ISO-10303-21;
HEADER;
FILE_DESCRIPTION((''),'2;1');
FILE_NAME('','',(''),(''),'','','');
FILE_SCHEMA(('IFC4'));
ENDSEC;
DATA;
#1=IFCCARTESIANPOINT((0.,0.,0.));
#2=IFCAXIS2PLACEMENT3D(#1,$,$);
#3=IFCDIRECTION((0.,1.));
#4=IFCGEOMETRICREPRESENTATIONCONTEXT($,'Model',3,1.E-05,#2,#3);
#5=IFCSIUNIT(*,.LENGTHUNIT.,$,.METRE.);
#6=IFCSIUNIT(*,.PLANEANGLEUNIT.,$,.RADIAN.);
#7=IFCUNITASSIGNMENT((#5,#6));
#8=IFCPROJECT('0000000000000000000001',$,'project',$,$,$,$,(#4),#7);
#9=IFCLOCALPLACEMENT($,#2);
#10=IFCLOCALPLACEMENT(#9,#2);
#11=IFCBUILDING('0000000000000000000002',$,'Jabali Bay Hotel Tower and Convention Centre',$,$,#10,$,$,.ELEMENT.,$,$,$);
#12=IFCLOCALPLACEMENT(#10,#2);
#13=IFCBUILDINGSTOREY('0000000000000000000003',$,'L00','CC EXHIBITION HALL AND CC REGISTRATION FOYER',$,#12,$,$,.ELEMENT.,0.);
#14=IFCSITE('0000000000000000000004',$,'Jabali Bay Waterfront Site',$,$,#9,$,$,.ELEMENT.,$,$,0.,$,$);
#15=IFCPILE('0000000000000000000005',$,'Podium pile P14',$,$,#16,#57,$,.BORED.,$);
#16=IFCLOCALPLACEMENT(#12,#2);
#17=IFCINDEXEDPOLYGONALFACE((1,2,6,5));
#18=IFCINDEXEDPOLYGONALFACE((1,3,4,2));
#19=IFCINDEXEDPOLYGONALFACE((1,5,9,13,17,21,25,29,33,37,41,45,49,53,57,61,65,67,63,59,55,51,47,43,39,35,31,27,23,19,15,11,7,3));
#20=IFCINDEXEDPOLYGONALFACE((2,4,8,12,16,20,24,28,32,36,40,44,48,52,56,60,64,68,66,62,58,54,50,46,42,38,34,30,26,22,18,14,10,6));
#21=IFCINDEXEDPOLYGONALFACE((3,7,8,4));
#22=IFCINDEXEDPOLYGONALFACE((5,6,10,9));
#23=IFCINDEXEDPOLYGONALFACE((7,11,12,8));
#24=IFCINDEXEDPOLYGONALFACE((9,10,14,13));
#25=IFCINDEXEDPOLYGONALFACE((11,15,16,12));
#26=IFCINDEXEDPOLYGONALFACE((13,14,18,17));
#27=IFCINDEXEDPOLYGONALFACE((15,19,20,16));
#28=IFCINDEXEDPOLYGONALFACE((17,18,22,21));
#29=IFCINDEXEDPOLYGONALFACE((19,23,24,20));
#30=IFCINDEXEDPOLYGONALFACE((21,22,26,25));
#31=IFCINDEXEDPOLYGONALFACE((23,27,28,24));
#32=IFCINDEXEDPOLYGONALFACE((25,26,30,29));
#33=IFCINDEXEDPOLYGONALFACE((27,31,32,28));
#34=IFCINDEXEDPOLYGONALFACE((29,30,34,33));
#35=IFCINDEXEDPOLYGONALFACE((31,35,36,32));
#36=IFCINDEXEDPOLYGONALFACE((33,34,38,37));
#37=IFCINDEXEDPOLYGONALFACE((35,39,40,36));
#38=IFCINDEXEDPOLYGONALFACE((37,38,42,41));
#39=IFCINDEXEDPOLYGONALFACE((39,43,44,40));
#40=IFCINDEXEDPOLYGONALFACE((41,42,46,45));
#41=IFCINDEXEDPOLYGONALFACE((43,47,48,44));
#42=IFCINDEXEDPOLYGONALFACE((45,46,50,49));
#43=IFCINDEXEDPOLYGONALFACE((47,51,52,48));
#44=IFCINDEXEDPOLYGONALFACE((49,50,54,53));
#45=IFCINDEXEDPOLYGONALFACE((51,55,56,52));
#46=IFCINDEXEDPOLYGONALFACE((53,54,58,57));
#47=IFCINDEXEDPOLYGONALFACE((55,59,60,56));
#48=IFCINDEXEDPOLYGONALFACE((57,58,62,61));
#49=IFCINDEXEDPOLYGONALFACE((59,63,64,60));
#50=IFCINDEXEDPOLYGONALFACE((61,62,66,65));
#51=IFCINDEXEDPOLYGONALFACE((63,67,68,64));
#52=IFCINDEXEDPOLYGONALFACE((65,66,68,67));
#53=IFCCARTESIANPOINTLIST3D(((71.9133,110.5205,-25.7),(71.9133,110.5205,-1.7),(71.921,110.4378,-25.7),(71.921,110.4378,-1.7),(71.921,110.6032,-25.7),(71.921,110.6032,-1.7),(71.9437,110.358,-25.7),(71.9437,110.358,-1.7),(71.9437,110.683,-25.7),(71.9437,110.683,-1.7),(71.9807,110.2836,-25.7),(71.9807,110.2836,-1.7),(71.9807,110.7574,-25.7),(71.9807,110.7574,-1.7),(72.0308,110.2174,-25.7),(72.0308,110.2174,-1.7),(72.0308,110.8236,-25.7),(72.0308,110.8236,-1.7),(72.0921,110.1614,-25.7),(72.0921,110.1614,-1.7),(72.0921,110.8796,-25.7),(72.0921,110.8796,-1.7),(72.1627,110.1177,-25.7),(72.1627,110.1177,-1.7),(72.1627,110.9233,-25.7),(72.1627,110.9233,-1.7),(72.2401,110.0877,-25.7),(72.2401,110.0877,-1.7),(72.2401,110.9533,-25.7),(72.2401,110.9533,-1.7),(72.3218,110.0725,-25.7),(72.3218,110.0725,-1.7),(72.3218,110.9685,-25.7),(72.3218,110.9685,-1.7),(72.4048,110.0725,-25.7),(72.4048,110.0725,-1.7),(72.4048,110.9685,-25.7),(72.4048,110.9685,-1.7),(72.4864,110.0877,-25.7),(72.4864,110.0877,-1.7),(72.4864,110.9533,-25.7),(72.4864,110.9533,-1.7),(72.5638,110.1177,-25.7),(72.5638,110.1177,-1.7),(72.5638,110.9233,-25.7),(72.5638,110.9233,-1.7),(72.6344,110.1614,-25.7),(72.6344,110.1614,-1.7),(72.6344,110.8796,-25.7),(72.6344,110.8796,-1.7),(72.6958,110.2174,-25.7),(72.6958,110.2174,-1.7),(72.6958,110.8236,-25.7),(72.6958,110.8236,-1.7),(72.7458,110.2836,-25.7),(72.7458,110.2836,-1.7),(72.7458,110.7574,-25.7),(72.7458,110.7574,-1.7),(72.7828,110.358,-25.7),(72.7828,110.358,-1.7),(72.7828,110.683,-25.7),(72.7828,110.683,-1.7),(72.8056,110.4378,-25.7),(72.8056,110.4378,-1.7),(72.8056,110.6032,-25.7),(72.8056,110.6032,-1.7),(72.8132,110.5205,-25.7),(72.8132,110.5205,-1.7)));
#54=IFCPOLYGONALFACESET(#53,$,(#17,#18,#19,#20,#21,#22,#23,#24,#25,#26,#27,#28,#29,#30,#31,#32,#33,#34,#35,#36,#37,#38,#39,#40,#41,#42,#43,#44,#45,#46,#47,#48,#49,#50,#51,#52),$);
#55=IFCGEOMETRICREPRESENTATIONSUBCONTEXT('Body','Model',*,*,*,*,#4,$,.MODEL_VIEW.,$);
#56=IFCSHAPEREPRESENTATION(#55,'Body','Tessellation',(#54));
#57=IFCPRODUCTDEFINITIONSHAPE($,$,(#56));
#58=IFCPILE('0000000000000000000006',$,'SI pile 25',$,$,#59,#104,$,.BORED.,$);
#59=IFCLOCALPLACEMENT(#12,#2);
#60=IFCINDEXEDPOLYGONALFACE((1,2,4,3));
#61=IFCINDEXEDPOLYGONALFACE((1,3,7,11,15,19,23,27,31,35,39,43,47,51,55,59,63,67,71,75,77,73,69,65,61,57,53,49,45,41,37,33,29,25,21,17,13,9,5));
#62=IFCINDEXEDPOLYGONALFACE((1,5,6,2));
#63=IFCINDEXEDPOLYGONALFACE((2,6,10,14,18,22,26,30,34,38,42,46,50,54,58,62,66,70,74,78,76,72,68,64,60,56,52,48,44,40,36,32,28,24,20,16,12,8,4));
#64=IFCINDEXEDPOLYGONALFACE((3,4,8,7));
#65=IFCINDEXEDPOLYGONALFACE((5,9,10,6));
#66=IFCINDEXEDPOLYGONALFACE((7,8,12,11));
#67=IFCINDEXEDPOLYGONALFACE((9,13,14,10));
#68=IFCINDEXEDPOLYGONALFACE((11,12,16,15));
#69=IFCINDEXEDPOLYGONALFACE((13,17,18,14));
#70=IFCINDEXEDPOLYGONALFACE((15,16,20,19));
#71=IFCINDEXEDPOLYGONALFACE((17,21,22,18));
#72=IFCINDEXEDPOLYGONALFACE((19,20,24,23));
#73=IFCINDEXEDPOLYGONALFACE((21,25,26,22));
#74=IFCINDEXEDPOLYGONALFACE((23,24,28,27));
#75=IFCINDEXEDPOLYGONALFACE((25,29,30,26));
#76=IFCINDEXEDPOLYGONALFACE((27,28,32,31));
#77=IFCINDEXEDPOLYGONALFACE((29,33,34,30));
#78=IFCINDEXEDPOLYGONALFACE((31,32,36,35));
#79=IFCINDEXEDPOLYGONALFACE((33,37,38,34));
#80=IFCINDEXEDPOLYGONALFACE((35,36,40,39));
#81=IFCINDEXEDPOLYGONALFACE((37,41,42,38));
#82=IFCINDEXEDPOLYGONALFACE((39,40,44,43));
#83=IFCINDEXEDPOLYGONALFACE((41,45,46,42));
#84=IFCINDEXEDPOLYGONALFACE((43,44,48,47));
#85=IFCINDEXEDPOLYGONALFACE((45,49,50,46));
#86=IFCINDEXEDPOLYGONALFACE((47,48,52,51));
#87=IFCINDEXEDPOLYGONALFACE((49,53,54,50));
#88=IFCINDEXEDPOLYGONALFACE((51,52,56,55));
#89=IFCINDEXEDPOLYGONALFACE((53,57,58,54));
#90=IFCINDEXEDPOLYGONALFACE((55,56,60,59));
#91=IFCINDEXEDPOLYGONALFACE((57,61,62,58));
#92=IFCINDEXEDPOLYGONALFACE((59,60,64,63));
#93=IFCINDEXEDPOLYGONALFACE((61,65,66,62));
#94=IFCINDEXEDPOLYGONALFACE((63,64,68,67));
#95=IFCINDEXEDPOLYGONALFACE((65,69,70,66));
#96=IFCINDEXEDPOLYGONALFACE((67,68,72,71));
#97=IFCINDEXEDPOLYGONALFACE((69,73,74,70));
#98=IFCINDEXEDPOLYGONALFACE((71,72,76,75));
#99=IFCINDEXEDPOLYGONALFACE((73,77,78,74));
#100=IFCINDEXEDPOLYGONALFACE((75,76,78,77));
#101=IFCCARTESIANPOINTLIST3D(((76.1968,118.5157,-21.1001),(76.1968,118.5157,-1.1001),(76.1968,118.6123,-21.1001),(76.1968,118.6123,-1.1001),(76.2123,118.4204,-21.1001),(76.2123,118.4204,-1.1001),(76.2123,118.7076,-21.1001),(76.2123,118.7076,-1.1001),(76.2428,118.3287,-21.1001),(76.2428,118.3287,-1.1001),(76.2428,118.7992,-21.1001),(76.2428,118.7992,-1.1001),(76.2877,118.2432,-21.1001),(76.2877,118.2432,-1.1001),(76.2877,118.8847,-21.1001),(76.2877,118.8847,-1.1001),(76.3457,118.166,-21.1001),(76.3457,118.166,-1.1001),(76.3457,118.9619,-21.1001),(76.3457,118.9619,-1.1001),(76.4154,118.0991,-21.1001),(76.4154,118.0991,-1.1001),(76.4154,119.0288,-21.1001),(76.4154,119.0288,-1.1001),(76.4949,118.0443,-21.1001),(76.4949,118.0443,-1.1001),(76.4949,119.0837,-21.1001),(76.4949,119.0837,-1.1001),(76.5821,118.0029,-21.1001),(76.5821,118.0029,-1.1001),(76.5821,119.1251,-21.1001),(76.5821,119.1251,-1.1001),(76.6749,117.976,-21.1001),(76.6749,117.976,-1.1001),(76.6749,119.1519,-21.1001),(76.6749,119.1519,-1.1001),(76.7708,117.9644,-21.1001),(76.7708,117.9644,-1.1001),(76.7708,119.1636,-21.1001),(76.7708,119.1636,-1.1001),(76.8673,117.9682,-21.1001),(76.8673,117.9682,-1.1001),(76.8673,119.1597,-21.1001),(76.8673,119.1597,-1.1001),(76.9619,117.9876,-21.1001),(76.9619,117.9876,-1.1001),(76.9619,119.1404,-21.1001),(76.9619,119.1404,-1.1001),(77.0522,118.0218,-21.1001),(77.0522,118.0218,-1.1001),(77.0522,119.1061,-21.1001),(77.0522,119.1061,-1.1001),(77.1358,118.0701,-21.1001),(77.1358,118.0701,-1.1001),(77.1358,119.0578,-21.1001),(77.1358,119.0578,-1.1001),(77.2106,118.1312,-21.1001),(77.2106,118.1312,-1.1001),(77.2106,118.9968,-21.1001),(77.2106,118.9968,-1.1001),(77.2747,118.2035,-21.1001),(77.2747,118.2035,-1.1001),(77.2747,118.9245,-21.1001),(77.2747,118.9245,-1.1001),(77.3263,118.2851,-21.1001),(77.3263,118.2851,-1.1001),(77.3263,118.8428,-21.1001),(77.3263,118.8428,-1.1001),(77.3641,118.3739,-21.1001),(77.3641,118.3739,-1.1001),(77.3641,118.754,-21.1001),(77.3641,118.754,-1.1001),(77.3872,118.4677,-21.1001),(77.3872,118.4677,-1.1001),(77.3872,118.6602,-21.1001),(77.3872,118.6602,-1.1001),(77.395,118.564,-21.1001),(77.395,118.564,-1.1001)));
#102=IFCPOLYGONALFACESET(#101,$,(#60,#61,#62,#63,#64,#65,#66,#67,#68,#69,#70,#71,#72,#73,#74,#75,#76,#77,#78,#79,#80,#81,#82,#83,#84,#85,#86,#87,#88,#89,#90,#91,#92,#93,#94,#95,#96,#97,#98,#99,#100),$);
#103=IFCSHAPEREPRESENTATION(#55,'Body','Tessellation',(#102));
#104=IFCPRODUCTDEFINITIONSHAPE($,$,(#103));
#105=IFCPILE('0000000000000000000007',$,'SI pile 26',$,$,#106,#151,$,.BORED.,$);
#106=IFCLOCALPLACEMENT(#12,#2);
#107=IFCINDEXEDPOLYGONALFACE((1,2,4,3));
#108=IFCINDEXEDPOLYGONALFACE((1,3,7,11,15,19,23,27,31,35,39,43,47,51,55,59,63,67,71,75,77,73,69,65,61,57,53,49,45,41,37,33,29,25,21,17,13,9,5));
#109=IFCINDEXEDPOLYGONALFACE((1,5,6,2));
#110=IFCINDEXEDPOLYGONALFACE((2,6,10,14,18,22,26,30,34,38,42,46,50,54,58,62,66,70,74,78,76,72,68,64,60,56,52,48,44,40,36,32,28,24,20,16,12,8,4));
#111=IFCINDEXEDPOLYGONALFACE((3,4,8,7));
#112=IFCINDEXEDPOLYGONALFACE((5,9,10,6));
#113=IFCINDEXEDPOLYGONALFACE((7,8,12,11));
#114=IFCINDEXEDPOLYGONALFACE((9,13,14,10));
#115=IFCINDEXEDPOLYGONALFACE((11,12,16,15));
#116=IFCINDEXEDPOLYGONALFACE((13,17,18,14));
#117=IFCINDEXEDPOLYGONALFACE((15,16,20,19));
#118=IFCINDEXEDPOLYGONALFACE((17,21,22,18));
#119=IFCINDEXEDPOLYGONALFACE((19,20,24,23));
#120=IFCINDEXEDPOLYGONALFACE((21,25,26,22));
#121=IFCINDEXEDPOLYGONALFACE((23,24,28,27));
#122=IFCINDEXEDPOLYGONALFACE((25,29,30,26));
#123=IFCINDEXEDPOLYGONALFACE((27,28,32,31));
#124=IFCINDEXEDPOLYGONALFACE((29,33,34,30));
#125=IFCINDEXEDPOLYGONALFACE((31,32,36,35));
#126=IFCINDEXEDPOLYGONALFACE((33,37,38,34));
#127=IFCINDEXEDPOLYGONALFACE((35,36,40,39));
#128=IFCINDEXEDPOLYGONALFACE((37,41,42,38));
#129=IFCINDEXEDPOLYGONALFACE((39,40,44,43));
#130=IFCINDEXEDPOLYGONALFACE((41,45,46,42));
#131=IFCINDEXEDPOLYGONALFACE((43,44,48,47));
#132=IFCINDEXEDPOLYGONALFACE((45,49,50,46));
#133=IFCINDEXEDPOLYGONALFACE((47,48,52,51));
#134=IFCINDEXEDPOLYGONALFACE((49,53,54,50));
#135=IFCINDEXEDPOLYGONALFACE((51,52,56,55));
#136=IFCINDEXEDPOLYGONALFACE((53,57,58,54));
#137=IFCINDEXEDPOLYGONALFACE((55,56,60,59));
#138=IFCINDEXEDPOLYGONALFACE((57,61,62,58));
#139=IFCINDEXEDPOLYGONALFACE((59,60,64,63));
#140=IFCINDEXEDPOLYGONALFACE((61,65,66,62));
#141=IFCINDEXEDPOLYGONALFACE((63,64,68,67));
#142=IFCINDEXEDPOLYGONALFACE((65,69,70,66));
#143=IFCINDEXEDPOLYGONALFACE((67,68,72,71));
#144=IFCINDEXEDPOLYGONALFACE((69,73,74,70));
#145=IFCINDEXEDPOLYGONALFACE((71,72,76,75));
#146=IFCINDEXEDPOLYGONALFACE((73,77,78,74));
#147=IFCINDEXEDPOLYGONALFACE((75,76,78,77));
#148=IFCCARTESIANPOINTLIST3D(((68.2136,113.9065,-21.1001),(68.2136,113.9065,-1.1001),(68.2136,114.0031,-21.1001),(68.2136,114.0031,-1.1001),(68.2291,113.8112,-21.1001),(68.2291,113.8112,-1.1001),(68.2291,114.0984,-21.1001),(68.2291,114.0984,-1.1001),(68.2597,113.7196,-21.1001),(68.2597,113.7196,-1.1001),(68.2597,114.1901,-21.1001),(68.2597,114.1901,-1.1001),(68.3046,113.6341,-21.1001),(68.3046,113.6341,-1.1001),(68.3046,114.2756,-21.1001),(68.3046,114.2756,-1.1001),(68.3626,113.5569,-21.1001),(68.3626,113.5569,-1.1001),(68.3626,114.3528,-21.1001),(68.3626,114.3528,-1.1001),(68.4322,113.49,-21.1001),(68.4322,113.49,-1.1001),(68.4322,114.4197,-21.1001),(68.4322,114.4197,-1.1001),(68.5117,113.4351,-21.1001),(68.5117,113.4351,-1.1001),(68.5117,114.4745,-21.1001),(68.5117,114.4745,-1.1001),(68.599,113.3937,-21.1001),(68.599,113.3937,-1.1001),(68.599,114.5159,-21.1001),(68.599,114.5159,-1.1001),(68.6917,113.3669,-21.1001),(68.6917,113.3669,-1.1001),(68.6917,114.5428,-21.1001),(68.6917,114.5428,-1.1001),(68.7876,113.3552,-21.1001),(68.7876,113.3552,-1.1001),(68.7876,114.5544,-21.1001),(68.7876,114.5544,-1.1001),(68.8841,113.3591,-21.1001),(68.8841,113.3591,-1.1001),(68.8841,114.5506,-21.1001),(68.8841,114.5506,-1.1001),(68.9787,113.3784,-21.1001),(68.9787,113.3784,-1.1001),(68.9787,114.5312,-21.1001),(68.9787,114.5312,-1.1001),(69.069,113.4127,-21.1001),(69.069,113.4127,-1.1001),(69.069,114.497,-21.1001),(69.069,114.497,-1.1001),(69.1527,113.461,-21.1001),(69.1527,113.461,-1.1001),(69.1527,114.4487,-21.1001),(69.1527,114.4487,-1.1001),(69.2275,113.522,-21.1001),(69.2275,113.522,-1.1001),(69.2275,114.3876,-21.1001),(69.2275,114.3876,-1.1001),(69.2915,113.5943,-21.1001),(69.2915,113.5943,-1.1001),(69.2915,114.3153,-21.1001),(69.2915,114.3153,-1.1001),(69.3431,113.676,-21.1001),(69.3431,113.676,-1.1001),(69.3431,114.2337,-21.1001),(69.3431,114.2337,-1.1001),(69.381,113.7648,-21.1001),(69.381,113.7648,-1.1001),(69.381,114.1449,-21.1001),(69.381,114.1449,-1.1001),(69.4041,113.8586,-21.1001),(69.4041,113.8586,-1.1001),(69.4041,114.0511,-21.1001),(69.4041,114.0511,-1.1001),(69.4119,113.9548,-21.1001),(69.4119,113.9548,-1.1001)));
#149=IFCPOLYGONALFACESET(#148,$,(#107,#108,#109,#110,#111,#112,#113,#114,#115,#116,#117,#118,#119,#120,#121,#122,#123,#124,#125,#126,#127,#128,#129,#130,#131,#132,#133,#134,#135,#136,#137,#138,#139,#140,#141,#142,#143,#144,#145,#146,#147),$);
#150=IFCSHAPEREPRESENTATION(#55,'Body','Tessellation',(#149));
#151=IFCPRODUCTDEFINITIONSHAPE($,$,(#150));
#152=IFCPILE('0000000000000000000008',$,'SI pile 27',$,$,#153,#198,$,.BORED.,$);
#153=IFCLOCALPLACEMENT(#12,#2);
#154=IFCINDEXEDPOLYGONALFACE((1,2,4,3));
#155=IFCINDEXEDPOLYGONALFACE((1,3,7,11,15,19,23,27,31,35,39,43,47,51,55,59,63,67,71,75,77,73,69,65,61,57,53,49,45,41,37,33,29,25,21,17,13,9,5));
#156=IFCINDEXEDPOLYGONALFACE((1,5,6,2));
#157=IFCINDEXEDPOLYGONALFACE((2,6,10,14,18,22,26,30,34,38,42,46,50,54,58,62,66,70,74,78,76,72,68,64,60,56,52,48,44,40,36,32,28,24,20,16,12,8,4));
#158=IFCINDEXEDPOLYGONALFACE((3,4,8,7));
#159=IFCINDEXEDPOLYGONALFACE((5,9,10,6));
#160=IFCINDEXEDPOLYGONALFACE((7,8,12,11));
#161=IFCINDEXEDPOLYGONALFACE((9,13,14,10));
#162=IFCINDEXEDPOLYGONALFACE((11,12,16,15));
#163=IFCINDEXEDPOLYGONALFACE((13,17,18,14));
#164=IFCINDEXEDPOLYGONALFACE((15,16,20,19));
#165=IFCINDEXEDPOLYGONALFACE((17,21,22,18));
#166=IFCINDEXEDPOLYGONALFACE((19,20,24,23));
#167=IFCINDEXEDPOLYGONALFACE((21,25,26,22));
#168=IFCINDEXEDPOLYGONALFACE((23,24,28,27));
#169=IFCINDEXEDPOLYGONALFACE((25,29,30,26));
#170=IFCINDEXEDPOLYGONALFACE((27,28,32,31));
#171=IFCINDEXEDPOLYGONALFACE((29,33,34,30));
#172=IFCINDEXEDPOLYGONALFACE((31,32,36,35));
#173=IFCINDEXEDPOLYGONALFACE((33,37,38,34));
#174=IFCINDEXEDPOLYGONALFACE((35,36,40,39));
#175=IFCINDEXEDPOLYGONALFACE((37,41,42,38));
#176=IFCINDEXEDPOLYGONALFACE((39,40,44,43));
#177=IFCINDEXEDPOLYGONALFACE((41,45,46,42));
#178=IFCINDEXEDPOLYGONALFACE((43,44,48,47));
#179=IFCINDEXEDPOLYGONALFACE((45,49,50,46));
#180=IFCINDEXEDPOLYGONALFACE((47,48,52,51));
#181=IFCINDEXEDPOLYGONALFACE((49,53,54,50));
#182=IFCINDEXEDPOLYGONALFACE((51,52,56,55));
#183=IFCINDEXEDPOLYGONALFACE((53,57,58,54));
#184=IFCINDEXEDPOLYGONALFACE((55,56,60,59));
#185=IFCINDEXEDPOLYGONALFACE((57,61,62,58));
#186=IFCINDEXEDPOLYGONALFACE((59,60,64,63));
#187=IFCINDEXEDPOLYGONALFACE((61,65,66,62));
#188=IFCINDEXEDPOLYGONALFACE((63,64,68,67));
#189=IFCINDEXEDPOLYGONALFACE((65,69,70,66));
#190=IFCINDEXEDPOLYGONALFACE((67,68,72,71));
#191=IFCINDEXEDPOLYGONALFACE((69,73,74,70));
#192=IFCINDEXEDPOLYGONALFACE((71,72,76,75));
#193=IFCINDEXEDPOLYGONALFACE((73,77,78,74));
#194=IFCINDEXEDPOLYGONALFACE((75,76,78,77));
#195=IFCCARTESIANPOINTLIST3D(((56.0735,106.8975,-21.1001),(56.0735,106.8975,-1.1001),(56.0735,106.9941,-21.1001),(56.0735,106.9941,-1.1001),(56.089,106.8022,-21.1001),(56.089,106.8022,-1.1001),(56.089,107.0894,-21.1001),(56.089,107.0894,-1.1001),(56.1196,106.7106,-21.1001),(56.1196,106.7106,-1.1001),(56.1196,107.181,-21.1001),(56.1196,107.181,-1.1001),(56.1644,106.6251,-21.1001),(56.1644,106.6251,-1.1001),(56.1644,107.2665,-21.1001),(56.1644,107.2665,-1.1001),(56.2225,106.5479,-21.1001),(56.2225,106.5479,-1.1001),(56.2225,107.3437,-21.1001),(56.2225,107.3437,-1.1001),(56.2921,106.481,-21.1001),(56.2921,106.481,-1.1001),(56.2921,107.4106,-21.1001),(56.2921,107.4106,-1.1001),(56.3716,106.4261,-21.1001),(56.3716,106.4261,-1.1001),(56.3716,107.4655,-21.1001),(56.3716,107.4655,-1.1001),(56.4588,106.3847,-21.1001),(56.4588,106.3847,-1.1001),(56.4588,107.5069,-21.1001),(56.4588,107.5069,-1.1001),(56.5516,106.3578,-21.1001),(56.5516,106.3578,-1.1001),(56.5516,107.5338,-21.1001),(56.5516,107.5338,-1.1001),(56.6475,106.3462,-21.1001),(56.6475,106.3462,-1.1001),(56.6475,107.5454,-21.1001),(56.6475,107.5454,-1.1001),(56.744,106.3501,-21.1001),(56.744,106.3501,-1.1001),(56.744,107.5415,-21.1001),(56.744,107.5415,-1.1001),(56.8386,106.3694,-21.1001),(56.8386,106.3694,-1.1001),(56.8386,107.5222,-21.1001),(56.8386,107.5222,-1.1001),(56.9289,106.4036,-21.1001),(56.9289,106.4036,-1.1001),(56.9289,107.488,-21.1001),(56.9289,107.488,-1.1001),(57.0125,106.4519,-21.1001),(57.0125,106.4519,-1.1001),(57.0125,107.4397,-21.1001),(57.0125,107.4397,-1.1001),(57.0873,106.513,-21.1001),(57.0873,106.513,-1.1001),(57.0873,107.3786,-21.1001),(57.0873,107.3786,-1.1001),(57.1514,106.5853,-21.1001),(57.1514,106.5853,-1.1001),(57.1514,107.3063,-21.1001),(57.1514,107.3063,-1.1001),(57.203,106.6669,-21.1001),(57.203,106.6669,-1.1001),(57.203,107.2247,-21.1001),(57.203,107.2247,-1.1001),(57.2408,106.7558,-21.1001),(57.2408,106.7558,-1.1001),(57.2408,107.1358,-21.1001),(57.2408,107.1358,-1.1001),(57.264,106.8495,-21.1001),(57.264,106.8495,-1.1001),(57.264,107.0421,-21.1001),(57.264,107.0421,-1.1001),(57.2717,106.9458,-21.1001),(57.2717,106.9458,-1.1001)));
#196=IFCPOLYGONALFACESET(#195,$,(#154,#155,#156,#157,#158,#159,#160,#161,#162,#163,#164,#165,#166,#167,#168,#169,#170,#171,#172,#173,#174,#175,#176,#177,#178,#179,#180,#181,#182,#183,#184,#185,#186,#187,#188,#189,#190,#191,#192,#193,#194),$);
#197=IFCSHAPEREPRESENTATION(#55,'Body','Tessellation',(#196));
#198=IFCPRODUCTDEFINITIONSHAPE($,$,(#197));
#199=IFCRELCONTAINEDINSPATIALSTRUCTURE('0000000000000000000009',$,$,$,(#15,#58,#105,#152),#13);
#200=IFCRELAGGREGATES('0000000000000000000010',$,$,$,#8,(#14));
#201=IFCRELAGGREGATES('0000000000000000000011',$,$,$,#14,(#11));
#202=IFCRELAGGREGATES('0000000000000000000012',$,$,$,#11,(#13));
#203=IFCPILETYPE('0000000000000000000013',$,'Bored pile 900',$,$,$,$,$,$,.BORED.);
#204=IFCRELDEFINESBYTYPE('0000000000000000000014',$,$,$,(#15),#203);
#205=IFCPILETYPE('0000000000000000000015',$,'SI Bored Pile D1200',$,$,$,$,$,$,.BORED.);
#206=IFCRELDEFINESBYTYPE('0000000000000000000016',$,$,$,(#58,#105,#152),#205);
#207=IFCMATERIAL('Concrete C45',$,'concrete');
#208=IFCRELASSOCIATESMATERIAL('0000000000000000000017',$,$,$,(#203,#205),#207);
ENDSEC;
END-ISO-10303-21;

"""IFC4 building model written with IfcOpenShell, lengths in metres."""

from ifc_helpers import new_model, si_unit, direction, frame, origin, origin_2d, place, context, subcontext, project, spatial, circle, extrude, material, material_profile, profile_set, type_object, element, save


model = new_model("IFC4")

# Units and contexts
model_context = context("Model", 3, precision=1e-05, world=origin(), true_north=direction((0.0, 1.0)))
body_context = subcontext(model_context, "Body", "Model", "MODEL_VIEW")
ifc_project = project(units=[si_unit("LENGTHUNIT", "METRE"), si_unit("PLANEANGLEUNIT", "RADIAN")], contexts=[model_context])

# Site, building, storey
site_placement = place(None, origin())
site = spatial("IfcSite", under=ifc_project, at=site_placement, Name="Jabali Bay Waterfront Site", CompositionType="ELEMENT", RefElevation=0.0)
building_placement = place(site_placement, origin())
building = spatial("IfcBuilding", under=site, at=building_placement, Name="Jabali Bay Hotel Tower and Convention Centre", CompositionType="ELEMENT")
storey_placement = place(building_placement, origin())
storey = spatial("IfcBuildingStorey", under=building, at=storey_placement, Name="L00", Description="CC EXHIBITION HALL AND CC REGISTRATION FOYER", CompositionType="ELEMENT", Elevation=0.0)

# Piles
ifc_material_1 = material(Name="Concrete C45", Category="concrete")
ifc_material_profile_1 = material_profile(ifc_material_1, circle(Radius=0.45, at=origin_2d()), Name="Bored pile 900")
ifc_profile_set_1 = profile_set([ifc_material_profile_1], Name="Concrete C45")
pile_type_1 = type_object("IfcPileType", Name="Bored pile 900", PredefinedType="BORED", material=ifc_profile_set_1)
pile_placement = place(storey_placement, frame((72.3633, 110.5205, -1.7), z_axis=(0.0, 0.0, -1.0), x_axis=(1.0, 0.0, 0.0)))
element("IfcPile", 1, at=pile_placement, inside=storey, type_object=pile_type_1, Name="Podium pile P14", PredefinedType="BORED", context=body_context, shape_type="SweptSolid", body=[
    extrude(circle(Radius=0.45, at=origin_2d()), origin(), (0.0, 0.0, 1.0), 24.0),
])
ifc_material_profile_2 = material_profile(ifc_material_1, circle(Radius=0.6001, at=origin_2d()), Name="D1200")
ifc_profile_set_2 = profile_set([ifc_material_profile_2], Name="Concrete C45")
pile_type_2 = type_object("IfcPileType", Name="SI Bored Pile D1200", PredefinedType="BORED", material=ifc_profile_set_2)
for number, where, z_axis, x_axis, name in (
    (2, (76.7949, 118.564, -1.1001), (0.0, 0.0, -1.0), (1.0, 0.0, 0.0), "SI pile 25"),
    (3, (68.8118, 113.9548, -1.1001), (0.0, 0.0, -1.0), (1.0, 0.0, 0.0), "SI pile 26"),
    (4, (56.6716, 106.9458, -1.1001), (0.0, 0.0, -1.0), (1.0, 0.0, 0.0), "SI pile 27"),
):
    element("IfcPile", number, at=place(storey_placement, frame(where, z_axis=z_axis, x_axis=x_axis)), inside=storey, type_object=pile_type_2, Name=name, PredefinedType="BORED", context=body_context, shape_type="SweptSolid", body=[
        extrude(circle(Radius=0.6001, at=origin_2d()), origin(), (0.0, 0.0, 1.0), 20.0),
    ])

save(model, "model.ifc")
